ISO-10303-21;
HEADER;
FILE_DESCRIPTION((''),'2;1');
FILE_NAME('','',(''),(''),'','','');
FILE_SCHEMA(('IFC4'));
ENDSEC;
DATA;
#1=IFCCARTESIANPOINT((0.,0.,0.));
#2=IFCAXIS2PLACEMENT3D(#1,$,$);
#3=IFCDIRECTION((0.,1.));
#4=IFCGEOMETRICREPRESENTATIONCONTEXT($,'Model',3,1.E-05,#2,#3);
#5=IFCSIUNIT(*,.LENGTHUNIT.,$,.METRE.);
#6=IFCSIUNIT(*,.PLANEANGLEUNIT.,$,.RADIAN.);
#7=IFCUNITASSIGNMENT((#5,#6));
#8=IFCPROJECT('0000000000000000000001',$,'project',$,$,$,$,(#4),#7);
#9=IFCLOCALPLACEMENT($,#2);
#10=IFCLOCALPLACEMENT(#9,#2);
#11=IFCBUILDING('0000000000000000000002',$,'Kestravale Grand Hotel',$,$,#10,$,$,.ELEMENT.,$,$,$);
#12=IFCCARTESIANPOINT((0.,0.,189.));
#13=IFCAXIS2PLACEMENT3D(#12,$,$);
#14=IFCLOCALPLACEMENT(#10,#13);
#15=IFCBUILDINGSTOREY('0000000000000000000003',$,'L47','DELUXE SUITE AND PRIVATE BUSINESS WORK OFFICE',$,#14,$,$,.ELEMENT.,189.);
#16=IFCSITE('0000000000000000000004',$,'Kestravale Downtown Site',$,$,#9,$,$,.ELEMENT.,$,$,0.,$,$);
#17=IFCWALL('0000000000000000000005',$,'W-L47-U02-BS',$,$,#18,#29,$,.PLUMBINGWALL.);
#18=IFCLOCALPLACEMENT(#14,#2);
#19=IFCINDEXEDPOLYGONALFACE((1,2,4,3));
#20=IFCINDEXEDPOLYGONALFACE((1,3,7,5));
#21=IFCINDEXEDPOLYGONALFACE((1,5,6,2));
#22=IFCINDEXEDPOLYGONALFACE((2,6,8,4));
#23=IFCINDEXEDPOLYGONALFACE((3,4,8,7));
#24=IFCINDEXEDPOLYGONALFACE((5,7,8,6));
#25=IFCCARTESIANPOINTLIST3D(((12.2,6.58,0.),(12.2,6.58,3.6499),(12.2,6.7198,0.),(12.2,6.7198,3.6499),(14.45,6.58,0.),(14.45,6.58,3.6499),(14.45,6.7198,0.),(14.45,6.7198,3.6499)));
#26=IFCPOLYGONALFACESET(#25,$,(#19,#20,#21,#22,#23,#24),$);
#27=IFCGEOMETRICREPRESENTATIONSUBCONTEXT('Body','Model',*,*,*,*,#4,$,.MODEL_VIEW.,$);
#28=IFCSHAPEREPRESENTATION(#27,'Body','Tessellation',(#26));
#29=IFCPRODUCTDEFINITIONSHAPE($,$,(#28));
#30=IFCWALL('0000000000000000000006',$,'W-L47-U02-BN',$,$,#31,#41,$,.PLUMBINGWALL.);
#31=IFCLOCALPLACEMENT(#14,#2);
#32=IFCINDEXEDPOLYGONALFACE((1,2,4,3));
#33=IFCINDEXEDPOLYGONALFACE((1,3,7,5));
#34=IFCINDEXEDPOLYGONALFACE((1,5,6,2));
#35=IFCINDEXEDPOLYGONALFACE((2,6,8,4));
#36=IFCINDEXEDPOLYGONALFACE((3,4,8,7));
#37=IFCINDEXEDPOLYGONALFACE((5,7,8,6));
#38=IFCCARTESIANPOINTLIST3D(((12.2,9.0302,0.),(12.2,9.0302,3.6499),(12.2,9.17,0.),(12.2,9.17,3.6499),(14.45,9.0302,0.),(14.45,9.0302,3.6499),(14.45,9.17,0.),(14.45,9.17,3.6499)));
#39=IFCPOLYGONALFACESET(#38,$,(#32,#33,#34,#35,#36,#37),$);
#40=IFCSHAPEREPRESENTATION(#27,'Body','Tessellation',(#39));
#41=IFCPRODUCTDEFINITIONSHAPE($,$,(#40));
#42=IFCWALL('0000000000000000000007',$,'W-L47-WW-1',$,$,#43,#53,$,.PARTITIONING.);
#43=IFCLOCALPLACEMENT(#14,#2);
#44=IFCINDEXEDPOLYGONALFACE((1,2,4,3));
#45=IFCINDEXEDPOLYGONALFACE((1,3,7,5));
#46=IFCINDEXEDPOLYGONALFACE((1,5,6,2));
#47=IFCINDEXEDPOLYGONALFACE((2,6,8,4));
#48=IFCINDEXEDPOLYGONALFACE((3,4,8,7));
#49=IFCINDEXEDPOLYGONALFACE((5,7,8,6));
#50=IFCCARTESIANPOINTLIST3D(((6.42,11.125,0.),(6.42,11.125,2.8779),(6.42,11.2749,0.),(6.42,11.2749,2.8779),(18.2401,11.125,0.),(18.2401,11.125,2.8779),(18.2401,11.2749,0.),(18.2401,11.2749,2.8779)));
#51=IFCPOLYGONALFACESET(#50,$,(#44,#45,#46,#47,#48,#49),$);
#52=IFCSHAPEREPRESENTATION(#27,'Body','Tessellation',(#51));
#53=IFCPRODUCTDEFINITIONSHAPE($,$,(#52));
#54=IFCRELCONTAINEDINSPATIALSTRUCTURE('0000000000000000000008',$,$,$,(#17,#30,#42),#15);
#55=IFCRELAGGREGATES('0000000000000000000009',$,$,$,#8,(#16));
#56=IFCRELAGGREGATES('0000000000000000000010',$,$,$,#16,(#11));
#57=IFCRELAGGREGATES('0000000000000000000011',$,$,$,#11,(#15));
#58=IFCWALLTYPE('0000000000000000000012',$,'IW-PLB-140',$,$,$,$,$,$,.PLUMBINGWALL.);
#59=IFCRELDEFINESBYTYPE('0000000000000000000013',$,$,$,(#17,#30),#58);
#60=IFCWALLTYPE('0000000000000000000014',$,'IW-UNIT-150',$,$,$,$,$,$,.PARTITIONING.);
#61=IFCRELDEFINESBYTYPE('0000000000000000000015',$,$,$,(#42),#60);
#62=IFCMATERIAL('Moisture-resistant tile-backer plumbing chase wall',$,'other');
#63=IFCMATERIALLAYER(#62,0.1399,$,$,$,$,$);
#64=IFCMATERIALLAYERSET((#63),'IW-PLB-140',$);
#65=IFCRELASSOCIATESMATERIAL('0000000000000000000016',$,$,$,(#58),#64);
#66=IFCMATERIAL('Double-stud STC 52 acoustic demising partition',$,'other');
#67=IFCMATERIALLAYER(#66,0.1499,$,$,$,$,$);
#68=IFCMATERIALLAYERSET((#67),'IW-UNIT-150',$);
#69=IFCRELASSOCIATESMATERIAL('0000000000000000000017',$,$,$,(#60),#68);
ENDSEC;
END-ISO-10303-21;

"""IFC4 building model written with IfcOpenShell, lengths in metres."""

from ifc_helpers import new_model, si_unit, direction, frame, frame_2d, origin, place, context, subcontext, project, spatial, rectangle, extrude, material, layer, layer_set, type_object, element, save


model = new_model("IFC4")

# Units and contexts
model_context = context("Model", 3, precision=1e-05, world=origin(), true_north=direction((0.0, 1.0)))
body_context = subcontext(model_context, "Body", "Model", "MODEL_VIEW")
ifc_project = project(units=[si_unit("LENGTHUNIT", "METRE"), si_unit("PLANEANGLEUNIT", "RADIAN")], contexts=[model_context])

# Site, building, storey
site_placement = place(None, origin())
site = spatial("IfcSite", under=ifc_project, at=site_placement, Name="Kestravale Downtown Site", CompositionType="ELEMENT", RefElevation=0.0)
building_placement = place(site_placement, origin())
building = spatial("IfcBuilding", under=site, at=building_placement, Name="Kestravale Grand Hotel", CompositionType="ELEMENT")
storey_placement = place(building_placement, frame((0.0, 0.0, 189.0)))
storey = spatial("IfcBuildingStorey", under=building, at=storey_placement, Name="L47", Description="DELUXE SUITE AND PRIVATE BUSINESS WORK OFFICE", CompositionType="ELEMENT", Elevation=189.0)

# Shared definitions
ifc_material_1 = material(Name="Moisture-resistant tile-backer plumbing chase wall", Category="other")
ifc_layer_1 = layer(ifc_material_1, 0.1399)
ifc_layer_set_1 = layer_set([ifc_layer_1], Name="IW-PLB-140")
wall_type_1 = type_object("IfcWallType", Name="IW-PLB-140", PredefinedType="PLUMBINGWALL", material=ifc_layer_set_1)

# Walls
for number, where, z_axis, x_axis, name in (
    (1, (12.2, 6.6499, 0.0), (0.0, 0.0, 1.0), (1.0, 0.0, 0.0), "W-L47-U02-BS"),
    (2, (12.2, 9.1001, 0.0), (0.0, 0.0, 1.0), (1.0, 0.0, 0.0), "W-L47-U02-BN"),
):
    element("IfcWall", number, at=place(storey_placement, frame(where, z_axis=z_axis, x_axis=x_axis)), inside=storey, type_object=wall_type_1, Name=name, PredefinedType="PLUMBINGWALL", context=body_context, shape_type="SweptSolid", body=[
        extrude(rectangle(XDim=2.25, YDim=0.1399, at=frame_2d((1.125, 0.0))), origin(), (0.0, 0.0, 1.0), 3.6499),
    ])
ifc_material_2 = material(Name="Double-stud STC 52 acoustic demising partition", Category="other")
ifc_layer_2 = layer(ifc_material_2, 0.1499)
ifc_layer_set_2 = layer_set([ifc_layer_2], Name="IW-UNIT-150")
wall_type_2 = type_object("IfcWallType", Name="IW-UNIT-150", PredefinedType="PARTITIONING", material=ifc_layer_set_2)
wall_1_placement = place(storey_placement, frame((6.4199, 11.2, 0.0), z_axis=(0.0, 0.0, 1.0), x_axis=(1.0, 0.0, 0.0)))
element("IfcWall", 3, at=wall_1_placement, inside=storey, type_object=wall_type_2, Name="W-L47-WW-1", PredefinedType="PARTITIONING", context=body_context, shape_type="SweptSolid", body=[
    extrude(rectangle(XDim=11.8201, YDim=0.1499, at=frame_2d((5.9102, 0.0))), origin(), (0.0, 0.0, 1.0), 2.8779),
])

save(model, "model.ifc")
